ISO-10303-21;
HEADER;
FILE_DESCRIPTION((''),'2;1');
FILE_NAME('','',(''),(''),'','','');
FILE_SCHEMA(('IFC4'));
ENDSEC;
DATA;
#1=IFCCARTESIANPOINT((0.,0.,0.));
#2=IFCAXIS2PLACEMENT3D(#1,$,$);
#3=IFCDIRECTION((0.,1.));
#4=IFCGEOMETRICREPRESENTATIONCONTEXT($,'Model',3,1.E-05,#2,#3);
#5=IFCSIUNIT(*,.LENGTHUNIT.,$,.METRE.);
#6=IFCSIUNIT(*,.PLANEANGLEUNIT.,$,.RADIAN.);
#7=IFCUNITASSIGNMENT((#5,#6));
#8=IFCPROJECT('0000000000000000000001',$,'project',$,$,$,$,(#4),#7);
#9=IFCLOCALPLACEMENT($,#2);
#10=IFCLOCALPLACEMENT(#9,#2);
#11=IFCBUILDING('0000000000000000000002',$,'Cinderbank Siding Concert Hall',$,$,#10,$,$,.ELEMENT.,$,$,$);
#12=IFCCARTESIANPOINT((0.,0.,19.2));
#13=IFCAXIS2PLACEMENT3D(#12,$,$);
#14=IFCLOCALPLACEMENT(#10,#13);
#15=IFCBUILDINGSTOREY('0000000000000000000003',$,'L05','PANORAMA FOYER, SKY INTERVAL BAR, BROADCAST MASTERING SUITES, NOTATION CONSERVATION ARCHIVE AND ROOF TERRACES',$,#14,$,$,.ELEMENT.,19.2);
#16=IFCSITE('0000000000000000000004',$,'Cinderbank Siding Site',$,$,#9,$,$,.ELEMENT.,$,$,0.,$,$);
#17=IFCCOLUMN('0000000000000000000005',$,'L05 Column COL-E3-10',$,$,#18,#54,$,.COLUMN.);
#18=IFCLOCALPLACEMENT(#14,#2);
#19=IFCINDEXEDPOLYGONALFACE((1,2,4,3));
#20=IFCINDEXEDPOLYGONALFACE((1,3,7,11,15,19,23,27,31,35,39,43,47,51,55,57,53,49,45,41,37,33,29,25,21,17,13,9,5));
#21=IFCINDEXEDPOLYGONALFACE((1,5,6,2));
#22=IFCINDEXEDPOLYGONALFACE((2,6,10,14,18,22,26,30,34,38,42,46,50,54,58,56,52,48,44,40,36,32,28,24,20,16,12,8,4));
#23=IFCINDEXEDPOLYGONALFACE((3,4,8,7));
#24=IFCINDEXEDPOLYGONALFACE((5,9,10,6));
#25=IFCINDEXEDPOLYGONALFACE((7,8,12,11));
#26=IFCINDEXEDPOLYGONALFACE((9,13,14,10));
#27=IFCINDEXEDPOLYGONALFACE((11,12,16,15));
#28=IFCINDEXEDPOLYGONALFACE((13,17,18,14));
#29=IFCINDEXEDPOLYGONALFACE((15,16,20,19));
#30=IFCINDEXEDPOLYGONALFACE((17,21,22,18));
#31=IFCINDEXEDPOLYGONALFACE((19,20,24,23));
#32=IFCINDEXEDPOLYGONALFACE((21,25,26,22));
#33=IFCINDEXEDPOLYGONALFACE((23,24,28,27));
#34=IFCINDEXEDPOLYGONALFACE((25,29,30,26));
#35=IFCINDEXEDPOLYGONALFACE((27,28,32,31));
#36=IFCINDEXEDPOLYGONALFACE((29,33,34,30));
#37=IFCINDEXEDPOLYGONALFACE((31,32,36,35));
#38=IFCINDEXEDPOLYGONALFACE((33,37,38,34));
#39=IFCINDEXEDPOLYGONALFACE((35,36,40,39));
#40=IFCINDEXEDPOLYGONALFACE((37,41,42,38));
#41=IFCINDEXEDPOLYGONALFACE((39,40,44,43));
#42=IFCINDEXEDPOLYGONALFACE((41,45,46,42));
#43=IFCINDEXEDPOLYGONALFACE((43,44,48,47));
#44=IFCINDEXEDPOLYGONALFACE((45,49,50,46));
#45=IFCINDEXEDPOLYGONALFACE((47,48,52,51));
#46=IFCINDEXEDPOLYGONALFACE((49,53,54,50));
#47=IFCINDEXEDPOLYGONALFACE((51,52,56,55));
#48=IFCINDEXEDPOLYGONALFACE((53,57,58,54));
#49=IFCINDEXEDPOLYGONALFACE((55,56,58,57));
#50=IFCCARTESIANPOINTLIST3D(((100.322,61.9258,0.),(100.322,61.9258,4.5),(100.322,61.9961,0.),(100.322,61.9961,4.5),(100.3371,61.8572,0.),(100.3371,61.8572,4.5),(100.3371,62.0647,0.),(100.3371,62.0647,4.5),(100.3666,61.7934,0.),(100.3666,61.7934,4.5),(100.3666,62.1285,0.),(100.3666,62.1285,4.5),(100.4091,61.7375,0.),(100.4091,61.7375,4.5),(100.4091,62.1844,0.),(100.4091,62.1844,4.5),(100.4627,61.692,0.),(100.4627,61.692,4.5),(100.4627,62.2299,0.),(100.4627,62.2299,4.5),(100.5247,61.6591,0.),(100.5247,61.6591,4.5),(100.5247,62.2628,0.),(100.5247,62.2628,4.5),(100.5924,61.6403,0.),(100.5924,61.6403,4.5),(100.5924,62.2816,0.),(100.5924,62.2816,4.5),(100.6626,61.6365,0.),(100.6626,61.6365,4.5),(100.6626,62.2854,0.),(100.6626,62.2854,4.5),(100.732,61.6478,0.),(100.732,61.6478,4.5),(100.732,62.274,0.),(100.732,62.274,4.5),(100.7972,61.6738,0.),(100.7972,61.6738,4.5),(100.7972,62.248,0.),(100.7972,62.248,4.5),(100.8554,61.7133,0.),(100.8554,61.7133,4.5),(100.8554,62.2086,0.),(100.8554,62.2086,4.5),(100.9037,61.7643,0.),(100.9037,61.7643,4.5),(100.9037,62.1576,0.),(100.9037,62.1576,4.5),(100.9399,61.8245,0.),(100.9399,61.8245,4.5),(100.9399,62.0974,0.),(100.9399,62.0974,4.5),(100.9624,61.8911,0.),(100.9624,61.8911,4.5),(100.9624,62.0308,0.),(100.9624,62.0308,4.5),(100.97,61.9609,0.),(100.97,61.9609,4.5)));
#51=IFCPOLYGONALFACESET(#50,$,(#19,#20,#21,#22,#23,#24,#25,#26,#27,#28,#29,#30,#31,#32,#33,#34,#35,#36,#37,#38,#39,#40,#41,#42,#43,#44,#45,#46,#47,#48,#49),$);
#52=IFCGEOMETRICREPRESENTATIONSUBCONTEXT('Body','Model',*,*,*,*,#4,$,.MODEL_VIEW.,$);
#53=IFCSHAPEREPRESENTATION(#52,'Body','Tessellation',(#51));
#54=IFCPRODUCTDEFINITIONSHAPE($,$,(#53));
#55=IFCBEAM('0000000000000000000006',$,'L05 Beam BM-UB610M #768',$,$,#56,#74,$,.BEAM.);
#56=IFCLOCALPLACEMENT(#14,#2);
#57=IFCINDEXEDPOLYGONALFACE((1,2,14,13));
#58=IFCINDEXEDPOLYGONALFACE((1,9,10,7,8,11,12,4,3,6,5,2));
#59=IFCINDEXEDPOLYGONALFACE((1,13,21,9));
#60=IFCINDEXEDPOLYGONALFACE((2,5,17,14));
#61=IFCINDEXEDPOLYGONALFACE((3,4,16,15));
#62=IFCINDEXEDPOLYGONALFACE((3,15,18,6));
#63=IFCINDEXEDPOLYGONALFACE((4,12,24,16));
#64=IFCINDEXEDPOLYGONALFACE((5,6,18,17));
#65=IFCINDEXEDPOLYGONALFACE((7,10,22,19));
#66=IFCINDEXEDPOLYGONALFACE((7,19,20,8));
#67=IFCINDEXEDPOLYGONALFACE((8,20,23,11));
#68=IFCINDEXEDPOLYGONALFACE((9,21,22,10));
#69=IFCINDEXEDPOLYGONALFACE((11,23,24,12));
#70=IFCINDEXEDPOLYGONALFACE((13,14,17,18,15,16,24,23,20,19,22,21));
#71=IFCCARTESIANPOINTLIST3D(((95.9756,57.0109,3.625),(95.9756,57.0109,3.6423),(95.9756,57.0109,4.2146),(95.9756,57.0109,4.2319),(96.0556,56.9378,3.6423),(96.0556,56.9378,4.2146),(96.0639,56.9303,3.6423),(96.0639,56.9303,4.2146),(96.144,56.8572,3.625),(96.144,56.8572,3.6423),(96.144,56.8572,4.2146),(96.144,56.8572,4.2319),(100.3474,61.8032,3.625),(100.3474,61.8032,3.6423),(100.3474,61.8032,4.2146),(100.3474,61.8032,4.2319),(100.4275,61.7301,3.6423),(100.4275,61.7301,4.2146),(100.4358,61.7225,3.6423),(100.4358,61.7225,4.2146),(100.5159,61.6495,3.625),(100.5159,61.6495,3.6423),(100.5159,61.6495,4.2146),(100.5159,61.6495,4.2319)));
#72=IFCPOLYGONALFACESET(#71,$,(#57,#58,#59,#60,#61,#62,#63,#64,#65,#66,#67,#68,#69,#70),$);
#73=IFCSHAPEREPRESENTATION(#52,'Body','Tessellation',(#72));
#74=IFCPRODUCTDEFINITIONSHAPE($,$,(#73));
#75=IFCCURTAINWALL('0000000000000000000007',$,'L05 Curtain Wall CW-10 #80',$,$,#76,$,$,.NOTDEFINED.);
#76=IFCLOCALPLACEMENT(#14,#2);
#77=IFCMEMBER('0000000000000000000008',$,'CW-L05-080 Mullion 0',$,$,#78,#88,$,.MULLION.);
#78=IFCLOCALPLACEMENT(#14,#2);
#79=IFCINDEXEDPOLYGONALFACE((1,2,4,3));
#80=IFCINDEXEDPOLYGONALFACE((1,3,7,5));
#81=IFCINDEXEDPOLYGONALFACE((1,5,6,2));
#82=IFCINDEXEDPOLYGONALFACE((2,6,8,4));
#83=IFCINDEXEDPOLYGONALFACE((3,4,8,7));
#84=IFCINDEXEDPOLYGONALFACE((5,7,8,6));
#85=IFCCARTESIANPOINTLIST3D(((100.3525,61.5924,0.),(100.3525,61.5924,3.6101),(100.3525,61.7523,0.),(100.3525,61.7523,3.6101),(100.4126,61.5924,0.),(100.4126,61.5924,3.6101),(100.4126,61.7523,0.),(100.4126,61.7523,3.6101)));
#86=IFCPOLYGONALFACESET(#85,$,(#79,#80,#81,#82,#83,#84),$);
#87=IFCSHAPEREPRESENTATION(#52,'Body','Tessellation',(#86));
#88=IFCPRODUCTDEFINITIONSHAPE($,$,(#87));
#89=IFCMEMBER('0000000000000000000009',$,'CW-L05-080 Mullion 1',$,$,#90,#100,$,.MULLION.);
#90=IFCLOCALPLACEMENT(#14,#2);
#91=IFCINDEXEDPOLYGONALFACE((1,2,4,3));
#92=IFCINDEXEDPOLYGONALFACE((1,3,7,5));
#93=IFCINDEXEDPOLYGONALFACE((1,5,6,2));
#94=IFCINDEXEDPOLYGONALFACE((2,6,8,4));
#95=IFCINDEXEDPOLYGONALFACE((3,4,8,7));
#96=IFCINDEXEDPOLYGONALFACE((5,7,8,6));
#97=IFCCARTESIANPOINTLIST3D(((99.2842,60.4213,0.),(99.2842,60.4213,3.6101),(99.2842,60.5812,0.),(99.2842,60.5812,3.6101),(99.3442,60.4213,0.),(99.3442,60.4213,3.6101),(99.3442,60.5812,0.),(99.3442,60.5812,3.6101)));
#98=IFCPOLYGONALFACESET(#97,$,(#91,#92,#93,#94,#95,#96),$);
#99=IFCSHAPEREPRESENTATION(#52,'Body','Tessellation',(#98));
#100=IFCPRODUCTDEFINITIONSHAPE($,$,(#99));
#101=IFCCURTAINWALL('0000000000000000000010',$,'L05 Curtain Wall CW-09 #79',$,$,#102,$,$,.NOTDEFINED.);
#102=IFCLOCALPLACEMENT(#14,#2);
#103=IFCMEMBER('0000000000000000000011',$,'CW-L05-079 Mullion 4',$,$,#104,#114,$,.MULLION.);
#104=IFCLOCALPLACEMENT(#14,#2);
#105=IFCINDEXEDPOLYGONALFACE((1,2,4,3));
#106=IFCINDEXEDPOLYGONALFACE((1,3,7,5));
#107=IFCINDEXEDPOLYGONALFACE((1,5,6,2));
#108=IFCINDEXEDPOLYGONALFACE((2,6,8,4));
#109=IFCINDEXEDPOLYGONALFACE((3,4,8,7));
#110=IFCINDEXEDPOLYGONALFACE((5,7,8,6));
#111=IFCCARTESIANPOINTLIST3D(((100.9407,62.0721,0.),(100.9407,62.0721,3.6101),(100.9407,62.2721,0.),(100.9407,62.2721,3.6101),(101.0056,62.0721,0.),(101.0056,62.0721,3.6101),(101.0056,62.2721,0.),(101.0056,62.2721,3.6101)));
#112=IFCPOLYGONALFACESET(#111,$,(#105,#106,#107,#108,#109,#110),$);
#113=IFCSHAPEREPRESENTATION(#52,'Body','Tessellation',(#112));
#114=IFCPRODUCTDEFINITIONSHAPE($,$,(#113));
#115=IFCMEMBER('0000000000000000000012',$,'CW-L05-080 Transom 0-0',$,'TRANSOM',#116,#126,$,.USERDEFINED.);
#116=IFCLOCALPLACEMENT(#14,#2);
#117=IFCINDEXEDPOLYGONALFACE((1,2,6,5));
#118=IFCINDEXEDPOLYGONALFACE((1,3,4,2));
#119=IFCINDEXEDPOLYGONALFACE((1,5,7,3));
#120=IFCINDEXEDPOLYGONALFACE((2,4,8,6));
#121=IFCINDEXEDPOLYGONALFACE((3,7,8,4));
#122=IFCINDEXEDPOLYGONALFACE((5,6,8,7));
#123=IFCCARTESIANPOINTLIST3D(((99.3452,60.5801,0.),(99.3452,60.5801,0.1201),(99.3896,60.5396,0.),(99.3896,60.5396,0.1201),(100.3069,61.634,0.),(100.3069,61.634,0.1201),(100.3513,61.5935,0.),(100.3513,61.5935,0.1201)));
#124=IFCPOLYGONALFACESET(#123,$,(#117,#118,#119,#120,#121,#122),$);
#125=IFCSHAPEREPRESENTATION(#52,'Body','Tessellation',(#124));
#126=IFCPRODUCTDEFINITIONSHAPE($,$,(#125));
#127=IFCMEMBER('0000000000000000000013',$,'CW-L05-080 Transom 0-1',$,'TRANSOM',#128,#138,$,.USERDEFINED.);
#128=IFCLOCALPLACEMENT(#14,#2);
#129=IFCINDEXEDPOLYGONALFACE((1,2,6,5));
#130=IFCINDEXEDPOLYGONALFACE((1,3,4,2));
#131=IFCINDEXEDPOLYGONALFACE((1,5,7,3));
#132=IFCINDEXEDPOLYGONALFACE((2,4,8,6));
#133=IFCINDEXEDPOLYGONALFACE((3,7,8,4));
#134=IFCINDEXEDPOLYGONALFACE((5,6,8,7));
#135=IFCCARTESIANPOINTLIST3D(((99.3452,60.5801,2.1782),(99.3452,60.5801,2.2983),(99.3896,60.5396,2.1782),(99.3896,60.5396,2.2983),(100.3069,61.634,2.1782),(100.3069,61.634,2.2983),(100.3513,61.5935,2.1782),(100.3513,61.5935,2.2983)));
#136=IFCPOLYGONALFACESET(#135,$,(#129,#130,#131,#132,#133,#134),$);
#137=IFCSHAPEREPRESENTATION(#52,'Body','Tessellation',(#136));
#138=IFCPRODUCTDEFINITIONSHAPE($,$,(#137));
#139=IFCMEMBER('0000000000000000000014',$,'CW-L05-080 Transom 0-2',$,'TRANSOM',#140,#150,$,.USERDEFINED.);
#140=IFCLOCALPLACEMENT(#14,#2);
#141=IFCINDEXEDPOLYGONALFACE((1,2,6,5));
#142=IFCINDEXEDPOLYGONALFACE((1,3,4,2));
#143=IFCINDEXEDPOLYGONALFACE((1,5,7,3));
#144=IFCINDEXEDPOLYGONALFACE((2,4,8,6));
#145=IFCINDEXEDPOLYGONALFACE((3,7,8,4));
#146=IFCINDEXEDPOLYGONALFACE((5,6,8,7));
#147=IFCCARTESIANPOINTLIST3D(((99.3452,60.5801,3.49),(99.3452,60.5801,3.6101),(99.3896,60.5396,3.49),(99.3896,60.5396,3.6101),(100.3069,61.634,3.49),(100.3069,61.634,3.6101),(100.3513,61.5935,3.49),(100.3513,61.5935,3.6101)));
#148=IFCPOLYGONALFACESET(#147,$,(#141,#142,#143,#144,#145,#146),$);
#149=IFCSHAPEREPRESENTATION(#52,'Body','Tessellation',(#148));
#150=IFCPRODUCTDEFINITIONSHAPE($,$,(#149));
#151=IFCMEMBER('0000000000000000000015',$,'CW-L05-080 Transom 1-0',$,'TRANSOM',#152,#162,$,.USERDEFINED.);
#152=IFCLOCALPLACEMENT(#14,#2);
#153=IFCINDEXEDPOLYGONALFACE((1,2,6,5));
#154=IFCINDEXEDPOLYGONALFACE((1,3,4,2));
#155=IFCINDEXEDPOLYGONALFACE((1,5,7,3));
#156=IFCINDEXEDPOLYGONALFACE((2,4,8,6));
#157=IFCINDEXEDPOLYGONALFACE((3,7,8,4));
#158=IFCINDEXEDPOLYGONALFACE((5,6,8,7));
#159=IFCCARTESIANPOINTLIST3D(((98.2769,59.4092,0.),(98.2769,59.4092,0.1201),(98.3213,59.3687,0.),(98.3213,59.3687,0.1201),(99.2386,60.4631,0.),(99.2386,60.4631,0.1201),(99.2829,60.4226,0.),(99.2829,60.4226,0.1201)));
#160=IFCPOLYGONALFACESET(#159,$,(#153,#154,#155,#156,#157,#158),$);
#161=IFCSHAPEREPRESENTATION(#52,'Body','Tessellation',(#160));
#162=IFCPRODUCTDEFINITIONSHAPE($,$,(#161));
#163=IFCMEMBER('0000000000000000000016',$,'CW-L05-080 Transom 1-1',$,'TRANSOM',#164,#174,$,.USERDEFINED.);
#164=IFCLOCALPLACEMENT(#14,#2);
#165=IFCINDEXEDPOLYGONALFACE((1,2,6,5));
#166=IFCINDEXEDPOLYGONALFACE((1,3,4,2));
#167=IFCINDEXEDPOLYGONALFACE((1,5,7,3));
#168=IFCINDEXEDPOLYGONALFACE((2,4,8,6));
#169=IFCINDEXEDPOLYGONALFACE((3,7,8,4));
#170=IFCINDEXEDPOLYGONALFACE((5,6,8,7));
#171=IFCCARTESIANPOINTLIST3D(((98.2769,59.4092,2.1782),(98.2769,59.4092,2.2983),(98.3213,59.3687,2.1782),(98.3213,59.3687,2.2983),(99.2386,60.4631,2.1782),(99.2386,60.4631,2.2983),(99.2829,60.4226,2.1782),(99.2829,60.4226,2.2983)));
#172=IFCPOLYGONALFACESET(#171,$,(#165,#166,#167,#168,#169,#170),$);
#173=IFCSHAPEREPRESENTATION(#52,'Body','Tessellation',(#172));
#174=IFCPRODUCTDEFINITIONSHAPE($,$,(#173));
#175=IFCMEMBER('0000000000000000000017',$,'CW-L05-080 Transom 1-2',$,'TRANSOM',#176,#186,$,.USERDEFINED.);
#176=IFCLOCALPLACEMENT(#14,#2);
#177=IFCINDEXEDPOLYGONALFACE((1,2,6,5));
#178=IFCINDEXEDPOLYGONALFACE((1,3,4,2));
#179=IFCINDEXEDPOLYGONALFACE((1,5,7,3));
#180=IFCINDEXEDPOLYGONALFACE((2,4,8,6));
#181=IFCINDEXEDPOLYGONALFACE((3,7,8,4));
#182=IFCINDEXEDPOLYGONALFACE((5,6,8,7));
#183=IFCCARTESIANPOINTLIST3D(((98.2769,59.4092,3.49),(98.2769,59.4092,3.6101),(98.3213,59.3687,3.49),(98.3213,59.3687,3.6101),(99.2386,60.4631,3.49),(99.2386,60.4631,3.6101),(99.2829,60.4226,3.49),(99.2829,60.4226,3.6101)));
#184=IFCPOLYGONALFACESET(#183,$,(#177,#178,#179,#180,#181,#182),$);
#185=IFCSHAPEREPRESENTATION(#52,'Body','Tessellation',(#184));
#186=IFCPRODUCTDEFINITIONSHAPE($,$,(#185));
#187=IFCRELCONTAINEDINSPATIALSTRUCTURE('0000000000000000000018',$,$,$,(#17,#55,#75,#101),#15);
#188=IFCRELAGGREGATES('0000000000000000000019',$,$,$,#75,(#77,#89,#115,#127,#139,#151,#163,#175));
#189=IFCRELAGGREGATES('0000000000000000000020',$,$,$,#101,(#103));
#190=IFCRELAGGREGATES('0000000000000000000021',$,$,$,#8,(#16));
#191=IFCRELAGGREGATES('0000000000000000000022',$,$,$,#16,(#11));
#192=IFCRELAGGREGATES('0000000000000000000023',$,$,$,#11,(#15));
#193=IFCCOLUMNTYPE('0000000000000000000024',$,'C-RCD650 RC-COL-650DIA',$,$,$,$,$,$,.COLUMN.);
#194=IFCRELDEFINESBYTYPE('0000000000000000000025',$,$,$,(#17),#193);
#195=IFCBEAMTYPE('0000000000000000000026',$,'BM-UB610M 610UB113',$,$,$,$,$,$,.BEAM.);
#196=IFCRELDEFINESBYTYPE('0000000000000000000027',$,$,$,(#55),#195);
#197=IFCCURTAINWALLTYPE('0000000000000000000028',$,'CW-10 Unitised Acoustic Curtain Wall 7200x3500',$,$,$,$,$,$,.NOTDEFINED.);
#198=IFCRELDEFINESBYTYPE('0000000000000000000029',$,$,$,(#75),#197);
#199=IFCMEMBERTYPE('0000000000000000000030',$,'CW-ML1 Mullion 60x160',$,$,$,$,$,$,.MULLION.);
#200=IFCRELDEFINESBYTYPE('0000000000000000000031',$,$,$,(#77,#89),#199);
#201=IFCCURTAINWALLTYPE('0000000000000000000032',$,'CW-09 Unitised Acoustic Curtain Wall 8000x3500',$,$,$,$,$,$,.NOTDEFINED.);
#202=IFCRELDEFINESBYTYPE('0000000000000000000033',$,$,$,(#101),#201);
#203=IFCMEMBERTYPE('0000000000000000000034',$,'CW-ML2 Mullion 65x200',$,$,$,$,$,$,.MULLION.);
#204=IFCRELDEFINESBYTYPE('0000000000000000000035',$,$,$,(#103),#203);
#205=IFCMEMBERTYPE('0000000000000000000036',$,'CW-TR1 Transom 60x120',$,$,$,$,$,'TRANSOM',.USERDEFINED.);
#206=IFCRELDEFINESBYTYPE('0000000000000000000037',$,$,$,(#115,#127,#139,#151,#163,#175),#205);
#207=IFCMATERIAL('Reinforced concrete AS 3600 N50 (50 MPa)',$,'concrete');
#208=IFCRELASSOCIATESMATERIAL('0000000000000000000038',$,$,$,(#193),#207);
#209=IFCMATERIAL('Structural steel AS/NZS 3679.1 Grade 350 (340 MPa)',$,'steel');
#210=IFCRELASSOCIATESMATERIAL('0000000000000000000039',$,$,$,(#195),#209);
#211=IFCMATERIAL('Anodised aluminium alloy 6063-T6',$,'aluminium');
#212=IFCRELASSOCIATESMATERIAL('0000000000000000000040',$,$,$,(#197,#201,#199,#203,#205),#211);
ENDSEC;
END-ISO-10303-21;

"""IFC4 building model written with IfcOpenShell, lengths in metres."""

from ifc_helpers import new_model, si_unit, direction, frame, origin, origin_2d, place, context, subcontext, project, spatial, rectangle, circle, i_section, extrude, material, material_profile, profile_set, type_object, element, aggregate, save


model = new_model("IFC4")

# Units and contexts
model_context = context("Model", 3, precision=1e-05, world=origin(), true_north=direction((0.0, 1.0)))
body_context = subcontext(model_context, "Body", "Model", "MODEL_VIEW")
ifc_project = project(units=[si_unit("LENGTHUNIT", "METRE"), si_unit("PLANEANGLEUNIT", "RADIAN")], contexts=[model_context])

# Site, building, storey
site_placement = place(None, origin())
site = spatial("IfcSite", under=ifc_project, at=site_placement, Name="Cinderbank Siding Site", CompositionType="ELEMENT", RefElevation=0.0)
building_placement = place(site_placement, origin())
building = spatial("IfcBuilding", under=site, at=building_placement, Name="Cinderbank Siding Concert Hall", CompositionType="ELEMENT")
storey_placement = place(building_placement, frame((0.0, 0.0, 19.2)))
storey = spatial("IfcBuildingStorey", under=building, at=storey_placement, Name="L05", Description="PANORAMA FOYER, SKY INTERVAL BAR, BROADCAST MASTERING SUITES, NOTATION CONSERVATION ARCHIVE AND ROOF TERRACES", CompositionType="ELEMENT", Elevation=19.2)

# Column
ifc_material_1 = material(Name="Reinforced concrete AS 3600 N50 (50 MPa)", Category="concrete")
ifc_material_profile_1 = material_profile(ifc_material_1, circle(Radius=0.325, at=origin_2d()), Name="RC-COL-650DIA", Category="LoadBearing")
ifc_profile_set_1 = profile_set([ifc_material_profile_1], Name="Reinforced concrete AS 3600 N50 (50 MPa)")
column_type = type_object("IfcColumnType", Name="C-RCD650 RC-COL-650DIA", PredefinedType="COLUMN", material=ifc_profile_set_1)
column_placement = place(storey_placement, frame((100.645, 61.9609, 0.0), z_axis=(0.0, 0.0, 1.0), x_axis=(1.0, 0.0, 0.0)))
element("IfcColumn", 1, at=column_placement, inside=storey, type_object=column_type, Name="L05 Column COL-E3-10", PredefinedType="COLUMN", context=body_context, shape_type="SweptSolid", body=[
    extrude(circle(Radius=0.325, at=origin_2d()), origin(), (0.0, 0.0, 1.0), 4.5),
])

# Beam
ifc_material_2 = material(Name="Structural steel AS/NZS 3679.1 Grade 350 (340 MPa)", Category="steel")
ifc_material_profile_2 = material_profile(ifc_material_2, i_section(OverallWidth=0.228, OverallDepth=0.6069, WebThickness=0.0112, FlangeThickness=0.0173, at=origin_2d()), Name="610UB113", Category="LoadBearing")
ifc_profile_set_2 = profile_set([ifc_material_profile_2], Name="Structural steel AS/NZS 3679.1 Grade 350 (340 MPa)")
beam_type = type_object("IfcBeamType", Name="BM-UB610M 610UB113", PredefinedType="BEAM", material=ifc_profile_set_2)
beam_placement = place(storey_placement, frame((100.4316, 61.7263, 3.9285), z_axis=(-0.673959, -0.738769, 0.0), x_axis=(0.738769, -0.673959, 0.0)))
element("IfcBeam", 2, at=beam_placement, inside=storey, type_object=beam_type, Name="L05 Beam BM-UB610M #768", PredefinedType="BEAM", context=body_context, shape_type="SweptSolid", body=[
    extrude(i_section(OverallWidth=0.228, OverallDepth=0.6069, WebThickness=0.0112, FlangeThickness=0.0173, at=origin_2d()), origin(), (0.0, 0.0, 1.0), 6.4868),
])

# Curtain wall, members
ifc_material_3 = material(Name="Anodised aluminium alloy 6063-T6", Category="aluminium")
curtain_wall_type_1 = type_object("IfcCurtainWallType", Name="CW-10 Unitised Acoustic Curtain Wall 7200x3500", PredefinedType="NOTDEFINED", material=ifc_material_3)
curtain_wall_1_placement = place(storey_placement, origin())
curtain_wall_1 = element("IfcCurtainWall", 3, at=curtain_wall_1_placement, inside=storey, type_object=curtain_wall_type_1, Name="L05 Curtain Wall CW-10 #80", PredefinedType="NOTDEFINED")
ifc_material_profile_3 = material_profile(ifc_material_3, rectangle(XDim=0.0601, YDim=0.1599, at=origin_2d()), Name="ALU-MULL-60x160", Category="LoadBearing")
ifc_profile_set_3 = profile_set([ifc_material_profile_3], Name="Anodised aluminium alloy 6063-T6")
member_type_1 = type_object("IfcMemberType", Name="CW-ML1 Mullion 60x160", PredefinedType="MULLION", material=ifc_profile_set_3)
member_1_placement = place(storey_placement, frame((100.3826, 61.6724, 0.0), z_axis=(0.0, 0.0, 1.0), x_axis=(1.0, 0.0, 0.0)))
member_1 = element("IfcMember", 4, at=member_1_placement, type_object=member_type_1, Name="CW-L05-080 Mullion 0", PredefinedType="MULLION", context=body_context, shape_type="SweptSolid", body=[
    extrude(rectangle(XDim=0.0601, YDim=0.1599, at=origin_2d()), origin(), (0.0, 0.0, 1.0), 3.6101),
])
member_2_placement = place(storey_placement, frame((99.3142, 60.5012, 0.0), z_axis=(0.0, 0.0, 1.0), x_axis=(1.0, 0.0, 0.0)))
member_2 = element("IfcMember", 5, at=member_2_placement, type_object=member_type_1, Name="CW-L05-080 Mullion 1", PredefinedType="MULLION", context=body_context, shape_type="SweptSolid", body=[
    extrude(rectangle(XDim=0.0601, YDim=0.1599, at=origin_2d()), origin(), (0.0, 0.0, 1.0), 3.6101),
])

# Curtain wall, member
curtain_wall_type_2 = type_object("IfcCurtainWallType", Name="CW-09 Unitised Acoustic Curtain Wall 8000x3500", PredefinedType="NOTDEFINED", material=ifc_material_3)
curtain_wall_2_placement = place(storey_placement, origin())
curtain_wall_2 = element("IfcCurtainWall", 6, at=curtain_wall_2_placement, inside=storey, type_object=curtain_wall_type_2, Name="L05 Curtain Wall CW-09 #79", PredefinedType="NOTDEFINED")
ifc_material_profile_4 = material_profile(ifc_material_3, rectangle(XDim=0.0649, YDim=0.2, at=origin_2d()), Name="ALU-MULL-65x200", Category="LoadBearing")
ifc_profile_set_4 = profile_set([ifc_material_profile_4], Name="Anodised aluminium alloy 6063-T6")
member_type_2 = type_object("IfcMemberType", Name="CW-ML2 Mullion 65x200", PredefinedType="MULLION", material=ifc_profile_set_4)
member_3_placement = place(storey_placement, frame((100.9731, 62.1721, 0.0), z_axis=(0.0, 0.0, 1.0), x_axis=(1.0, 0.0, 0.0)))
member_3 = element("IfcMember", 7, at=member_3_placement, type_object=member_type_2, Name="CW-L05-079 Mullion 4", PredefinedType="MULLION", context=body_context, shape_type="SweptSolid", body=[
    extrude(rectangle(XDim=0.0649, YDim=0.2, at=origin_2d()), origin(), (0.0, 0.0, 1.0), 3.6101),
])

# Members
ifc_material_profile_5 = material_profile(ifc_material_3, rectangle(XDim=0.0601, YDim=0.1201, at=origin_2d()), Name="ALU-TRAN-60x120", Category="LoadBearing")
ifc_profile_set_5 = profile_set([ifc_material_profile_5], Name="Anodised aluminium alloy 6063-T6")
member_type_3 = type_object("IfcMemberType", Name="CW-TR1 Transom 60x120", ElementType="TRANSOM", PredefinedType="USERDEFINED", material=ifc_profile_set_5)
member_4_placement = place(storey_placement, frame((100.3291, 61.6138, 0.0601), z_axis=(-0.674026, -0.738708, 0.0), x_axis=(0.738708, -0.674026, 0.0)))
member_4 = element("IfcMember", 8, at=member_4_placement, type_object=member_type_3, Name="CW-L05-080 Transom 0-0", ObjectType="TRANSOM", PredefinedType="USERDEFINED", context=body_context, shape_type="SweptSolid", body=[
    extrude(rectangle(XDim=0.0601, YDim=0.1201, at=origin_2d()), origin(), (0.0, 0.0, 1.0), 1.4268),
])
member_5_placement = place(storey_placement, frame((100.3291, 61.6138, 2.2383), z_axis=(-0.674026, -0.738708, 0.0), x_axis=(0.738708, -0.674026, 0.0)))
member_5 = element("IfcMember", 9, at=member_5_placement, type_object=member_type_3, Name="CW-L05-080 Transom 0-1", ObjectType="TRANSOM", PredefinedType="USERDEFINED", context=body_context, shape_type="SweptSolid", body=[
    extrude(rectangle(XDim=0.0601, YDim=0.1201, at=origin_2d()), origin(), (0.0, 0.0, 1.0), 1.4268),
])
member_6_placement = place(storey_placement, frame((100.3291, 61.6138, 3.55), z_axis=(-0.674026, -0.738708, 0.0), x_axis=(0.738708, -0.674026, 0.0)))
member_6 = element("IfcMember", 10, at=member_6_placement, type_object=member_type_3, Name="CW-L05-080 Transom 0-2", ObjectType="TRANSOM", PredefinedType="USERDEFINED", context=body_context, shape_type="SweptSolid", body=[
    extrude(rectangle(XDim=0.0601, YDim=0.1201, at=origin_2d()), origin(), (0.0, 0.0, 1.0), 1.4268),
])
member_7_placement = place(storey_placement, frame((99.2607, 60.4429, 0.0601), z_axis=(-0.674026, -0.738708, 0.0), x_axis=(0.738708, -0.674026, 0.0)))
member_7 = element("IfcMember", 11, at=member_7_placement, type_object=member_type_3, Name="CW-L05-080 Transom 1-0", ObjectType="TRANSOM", PredefinedType="USERDEFINED", context=body_context, shape_type="SweptSolid", body=[
    extrude(rectangle(XDim=0.0601, YDim=0.1201, at=origin_2d()), origin(), (0.0, 0.0, 1.0), 1.4268),
])
member_8_placement = place(storey_placement, frame((99.2607, 60.4429, 2.2383), z_axis=(-0.674026, -0.738708, 0.0), x_axis=(0.738708, -0.674026, 0.0)))
member_8 = element("IfcMember", 12, at=member_8_placement, type_object=member_type_3, Name="CW-L05-080 Transom 1-1", ObjectType="TRANSOM", PredefinedType="USERDEFINED", context=body_context, shape_type="SweptSolid", body=[
    extrude(rectangle(XDim=0.0601, YDim=0.1201, at=origin_2d()), origin(), (0.0, 0.0, 1.0), 1.4268),
])
member_9_placement = place(storey_placement, frame((99.2607, 60.4429, 3.55), z_axis=(-0.674026, -0.738708, 0.0), x_axis=(0.738708, -0.674026, 0.0)))
member_9 = element("IfcMember", 13, at=member_9_placement, type_object=member_type_3, Name="CW-L05-080 Transom 1-2", ObjectType="TRANSOM", PredefinedType="USERDEFINED", context=body_context, shape_type="SweptSolid", body=[
    extrude(rectangle(XDim=0.0601, YDim=0.1201, at=origin_2d()), origin(), (0.0, 0.0, 1.0), 1.4268),
])

aggregate(curtain_wall_1, [member_1, member_2, member_4, member_5, member_6, member_7, member_8, member_9])
aggregate(curtain_wall_2, [member_3])

save(model, "model.ifc")
